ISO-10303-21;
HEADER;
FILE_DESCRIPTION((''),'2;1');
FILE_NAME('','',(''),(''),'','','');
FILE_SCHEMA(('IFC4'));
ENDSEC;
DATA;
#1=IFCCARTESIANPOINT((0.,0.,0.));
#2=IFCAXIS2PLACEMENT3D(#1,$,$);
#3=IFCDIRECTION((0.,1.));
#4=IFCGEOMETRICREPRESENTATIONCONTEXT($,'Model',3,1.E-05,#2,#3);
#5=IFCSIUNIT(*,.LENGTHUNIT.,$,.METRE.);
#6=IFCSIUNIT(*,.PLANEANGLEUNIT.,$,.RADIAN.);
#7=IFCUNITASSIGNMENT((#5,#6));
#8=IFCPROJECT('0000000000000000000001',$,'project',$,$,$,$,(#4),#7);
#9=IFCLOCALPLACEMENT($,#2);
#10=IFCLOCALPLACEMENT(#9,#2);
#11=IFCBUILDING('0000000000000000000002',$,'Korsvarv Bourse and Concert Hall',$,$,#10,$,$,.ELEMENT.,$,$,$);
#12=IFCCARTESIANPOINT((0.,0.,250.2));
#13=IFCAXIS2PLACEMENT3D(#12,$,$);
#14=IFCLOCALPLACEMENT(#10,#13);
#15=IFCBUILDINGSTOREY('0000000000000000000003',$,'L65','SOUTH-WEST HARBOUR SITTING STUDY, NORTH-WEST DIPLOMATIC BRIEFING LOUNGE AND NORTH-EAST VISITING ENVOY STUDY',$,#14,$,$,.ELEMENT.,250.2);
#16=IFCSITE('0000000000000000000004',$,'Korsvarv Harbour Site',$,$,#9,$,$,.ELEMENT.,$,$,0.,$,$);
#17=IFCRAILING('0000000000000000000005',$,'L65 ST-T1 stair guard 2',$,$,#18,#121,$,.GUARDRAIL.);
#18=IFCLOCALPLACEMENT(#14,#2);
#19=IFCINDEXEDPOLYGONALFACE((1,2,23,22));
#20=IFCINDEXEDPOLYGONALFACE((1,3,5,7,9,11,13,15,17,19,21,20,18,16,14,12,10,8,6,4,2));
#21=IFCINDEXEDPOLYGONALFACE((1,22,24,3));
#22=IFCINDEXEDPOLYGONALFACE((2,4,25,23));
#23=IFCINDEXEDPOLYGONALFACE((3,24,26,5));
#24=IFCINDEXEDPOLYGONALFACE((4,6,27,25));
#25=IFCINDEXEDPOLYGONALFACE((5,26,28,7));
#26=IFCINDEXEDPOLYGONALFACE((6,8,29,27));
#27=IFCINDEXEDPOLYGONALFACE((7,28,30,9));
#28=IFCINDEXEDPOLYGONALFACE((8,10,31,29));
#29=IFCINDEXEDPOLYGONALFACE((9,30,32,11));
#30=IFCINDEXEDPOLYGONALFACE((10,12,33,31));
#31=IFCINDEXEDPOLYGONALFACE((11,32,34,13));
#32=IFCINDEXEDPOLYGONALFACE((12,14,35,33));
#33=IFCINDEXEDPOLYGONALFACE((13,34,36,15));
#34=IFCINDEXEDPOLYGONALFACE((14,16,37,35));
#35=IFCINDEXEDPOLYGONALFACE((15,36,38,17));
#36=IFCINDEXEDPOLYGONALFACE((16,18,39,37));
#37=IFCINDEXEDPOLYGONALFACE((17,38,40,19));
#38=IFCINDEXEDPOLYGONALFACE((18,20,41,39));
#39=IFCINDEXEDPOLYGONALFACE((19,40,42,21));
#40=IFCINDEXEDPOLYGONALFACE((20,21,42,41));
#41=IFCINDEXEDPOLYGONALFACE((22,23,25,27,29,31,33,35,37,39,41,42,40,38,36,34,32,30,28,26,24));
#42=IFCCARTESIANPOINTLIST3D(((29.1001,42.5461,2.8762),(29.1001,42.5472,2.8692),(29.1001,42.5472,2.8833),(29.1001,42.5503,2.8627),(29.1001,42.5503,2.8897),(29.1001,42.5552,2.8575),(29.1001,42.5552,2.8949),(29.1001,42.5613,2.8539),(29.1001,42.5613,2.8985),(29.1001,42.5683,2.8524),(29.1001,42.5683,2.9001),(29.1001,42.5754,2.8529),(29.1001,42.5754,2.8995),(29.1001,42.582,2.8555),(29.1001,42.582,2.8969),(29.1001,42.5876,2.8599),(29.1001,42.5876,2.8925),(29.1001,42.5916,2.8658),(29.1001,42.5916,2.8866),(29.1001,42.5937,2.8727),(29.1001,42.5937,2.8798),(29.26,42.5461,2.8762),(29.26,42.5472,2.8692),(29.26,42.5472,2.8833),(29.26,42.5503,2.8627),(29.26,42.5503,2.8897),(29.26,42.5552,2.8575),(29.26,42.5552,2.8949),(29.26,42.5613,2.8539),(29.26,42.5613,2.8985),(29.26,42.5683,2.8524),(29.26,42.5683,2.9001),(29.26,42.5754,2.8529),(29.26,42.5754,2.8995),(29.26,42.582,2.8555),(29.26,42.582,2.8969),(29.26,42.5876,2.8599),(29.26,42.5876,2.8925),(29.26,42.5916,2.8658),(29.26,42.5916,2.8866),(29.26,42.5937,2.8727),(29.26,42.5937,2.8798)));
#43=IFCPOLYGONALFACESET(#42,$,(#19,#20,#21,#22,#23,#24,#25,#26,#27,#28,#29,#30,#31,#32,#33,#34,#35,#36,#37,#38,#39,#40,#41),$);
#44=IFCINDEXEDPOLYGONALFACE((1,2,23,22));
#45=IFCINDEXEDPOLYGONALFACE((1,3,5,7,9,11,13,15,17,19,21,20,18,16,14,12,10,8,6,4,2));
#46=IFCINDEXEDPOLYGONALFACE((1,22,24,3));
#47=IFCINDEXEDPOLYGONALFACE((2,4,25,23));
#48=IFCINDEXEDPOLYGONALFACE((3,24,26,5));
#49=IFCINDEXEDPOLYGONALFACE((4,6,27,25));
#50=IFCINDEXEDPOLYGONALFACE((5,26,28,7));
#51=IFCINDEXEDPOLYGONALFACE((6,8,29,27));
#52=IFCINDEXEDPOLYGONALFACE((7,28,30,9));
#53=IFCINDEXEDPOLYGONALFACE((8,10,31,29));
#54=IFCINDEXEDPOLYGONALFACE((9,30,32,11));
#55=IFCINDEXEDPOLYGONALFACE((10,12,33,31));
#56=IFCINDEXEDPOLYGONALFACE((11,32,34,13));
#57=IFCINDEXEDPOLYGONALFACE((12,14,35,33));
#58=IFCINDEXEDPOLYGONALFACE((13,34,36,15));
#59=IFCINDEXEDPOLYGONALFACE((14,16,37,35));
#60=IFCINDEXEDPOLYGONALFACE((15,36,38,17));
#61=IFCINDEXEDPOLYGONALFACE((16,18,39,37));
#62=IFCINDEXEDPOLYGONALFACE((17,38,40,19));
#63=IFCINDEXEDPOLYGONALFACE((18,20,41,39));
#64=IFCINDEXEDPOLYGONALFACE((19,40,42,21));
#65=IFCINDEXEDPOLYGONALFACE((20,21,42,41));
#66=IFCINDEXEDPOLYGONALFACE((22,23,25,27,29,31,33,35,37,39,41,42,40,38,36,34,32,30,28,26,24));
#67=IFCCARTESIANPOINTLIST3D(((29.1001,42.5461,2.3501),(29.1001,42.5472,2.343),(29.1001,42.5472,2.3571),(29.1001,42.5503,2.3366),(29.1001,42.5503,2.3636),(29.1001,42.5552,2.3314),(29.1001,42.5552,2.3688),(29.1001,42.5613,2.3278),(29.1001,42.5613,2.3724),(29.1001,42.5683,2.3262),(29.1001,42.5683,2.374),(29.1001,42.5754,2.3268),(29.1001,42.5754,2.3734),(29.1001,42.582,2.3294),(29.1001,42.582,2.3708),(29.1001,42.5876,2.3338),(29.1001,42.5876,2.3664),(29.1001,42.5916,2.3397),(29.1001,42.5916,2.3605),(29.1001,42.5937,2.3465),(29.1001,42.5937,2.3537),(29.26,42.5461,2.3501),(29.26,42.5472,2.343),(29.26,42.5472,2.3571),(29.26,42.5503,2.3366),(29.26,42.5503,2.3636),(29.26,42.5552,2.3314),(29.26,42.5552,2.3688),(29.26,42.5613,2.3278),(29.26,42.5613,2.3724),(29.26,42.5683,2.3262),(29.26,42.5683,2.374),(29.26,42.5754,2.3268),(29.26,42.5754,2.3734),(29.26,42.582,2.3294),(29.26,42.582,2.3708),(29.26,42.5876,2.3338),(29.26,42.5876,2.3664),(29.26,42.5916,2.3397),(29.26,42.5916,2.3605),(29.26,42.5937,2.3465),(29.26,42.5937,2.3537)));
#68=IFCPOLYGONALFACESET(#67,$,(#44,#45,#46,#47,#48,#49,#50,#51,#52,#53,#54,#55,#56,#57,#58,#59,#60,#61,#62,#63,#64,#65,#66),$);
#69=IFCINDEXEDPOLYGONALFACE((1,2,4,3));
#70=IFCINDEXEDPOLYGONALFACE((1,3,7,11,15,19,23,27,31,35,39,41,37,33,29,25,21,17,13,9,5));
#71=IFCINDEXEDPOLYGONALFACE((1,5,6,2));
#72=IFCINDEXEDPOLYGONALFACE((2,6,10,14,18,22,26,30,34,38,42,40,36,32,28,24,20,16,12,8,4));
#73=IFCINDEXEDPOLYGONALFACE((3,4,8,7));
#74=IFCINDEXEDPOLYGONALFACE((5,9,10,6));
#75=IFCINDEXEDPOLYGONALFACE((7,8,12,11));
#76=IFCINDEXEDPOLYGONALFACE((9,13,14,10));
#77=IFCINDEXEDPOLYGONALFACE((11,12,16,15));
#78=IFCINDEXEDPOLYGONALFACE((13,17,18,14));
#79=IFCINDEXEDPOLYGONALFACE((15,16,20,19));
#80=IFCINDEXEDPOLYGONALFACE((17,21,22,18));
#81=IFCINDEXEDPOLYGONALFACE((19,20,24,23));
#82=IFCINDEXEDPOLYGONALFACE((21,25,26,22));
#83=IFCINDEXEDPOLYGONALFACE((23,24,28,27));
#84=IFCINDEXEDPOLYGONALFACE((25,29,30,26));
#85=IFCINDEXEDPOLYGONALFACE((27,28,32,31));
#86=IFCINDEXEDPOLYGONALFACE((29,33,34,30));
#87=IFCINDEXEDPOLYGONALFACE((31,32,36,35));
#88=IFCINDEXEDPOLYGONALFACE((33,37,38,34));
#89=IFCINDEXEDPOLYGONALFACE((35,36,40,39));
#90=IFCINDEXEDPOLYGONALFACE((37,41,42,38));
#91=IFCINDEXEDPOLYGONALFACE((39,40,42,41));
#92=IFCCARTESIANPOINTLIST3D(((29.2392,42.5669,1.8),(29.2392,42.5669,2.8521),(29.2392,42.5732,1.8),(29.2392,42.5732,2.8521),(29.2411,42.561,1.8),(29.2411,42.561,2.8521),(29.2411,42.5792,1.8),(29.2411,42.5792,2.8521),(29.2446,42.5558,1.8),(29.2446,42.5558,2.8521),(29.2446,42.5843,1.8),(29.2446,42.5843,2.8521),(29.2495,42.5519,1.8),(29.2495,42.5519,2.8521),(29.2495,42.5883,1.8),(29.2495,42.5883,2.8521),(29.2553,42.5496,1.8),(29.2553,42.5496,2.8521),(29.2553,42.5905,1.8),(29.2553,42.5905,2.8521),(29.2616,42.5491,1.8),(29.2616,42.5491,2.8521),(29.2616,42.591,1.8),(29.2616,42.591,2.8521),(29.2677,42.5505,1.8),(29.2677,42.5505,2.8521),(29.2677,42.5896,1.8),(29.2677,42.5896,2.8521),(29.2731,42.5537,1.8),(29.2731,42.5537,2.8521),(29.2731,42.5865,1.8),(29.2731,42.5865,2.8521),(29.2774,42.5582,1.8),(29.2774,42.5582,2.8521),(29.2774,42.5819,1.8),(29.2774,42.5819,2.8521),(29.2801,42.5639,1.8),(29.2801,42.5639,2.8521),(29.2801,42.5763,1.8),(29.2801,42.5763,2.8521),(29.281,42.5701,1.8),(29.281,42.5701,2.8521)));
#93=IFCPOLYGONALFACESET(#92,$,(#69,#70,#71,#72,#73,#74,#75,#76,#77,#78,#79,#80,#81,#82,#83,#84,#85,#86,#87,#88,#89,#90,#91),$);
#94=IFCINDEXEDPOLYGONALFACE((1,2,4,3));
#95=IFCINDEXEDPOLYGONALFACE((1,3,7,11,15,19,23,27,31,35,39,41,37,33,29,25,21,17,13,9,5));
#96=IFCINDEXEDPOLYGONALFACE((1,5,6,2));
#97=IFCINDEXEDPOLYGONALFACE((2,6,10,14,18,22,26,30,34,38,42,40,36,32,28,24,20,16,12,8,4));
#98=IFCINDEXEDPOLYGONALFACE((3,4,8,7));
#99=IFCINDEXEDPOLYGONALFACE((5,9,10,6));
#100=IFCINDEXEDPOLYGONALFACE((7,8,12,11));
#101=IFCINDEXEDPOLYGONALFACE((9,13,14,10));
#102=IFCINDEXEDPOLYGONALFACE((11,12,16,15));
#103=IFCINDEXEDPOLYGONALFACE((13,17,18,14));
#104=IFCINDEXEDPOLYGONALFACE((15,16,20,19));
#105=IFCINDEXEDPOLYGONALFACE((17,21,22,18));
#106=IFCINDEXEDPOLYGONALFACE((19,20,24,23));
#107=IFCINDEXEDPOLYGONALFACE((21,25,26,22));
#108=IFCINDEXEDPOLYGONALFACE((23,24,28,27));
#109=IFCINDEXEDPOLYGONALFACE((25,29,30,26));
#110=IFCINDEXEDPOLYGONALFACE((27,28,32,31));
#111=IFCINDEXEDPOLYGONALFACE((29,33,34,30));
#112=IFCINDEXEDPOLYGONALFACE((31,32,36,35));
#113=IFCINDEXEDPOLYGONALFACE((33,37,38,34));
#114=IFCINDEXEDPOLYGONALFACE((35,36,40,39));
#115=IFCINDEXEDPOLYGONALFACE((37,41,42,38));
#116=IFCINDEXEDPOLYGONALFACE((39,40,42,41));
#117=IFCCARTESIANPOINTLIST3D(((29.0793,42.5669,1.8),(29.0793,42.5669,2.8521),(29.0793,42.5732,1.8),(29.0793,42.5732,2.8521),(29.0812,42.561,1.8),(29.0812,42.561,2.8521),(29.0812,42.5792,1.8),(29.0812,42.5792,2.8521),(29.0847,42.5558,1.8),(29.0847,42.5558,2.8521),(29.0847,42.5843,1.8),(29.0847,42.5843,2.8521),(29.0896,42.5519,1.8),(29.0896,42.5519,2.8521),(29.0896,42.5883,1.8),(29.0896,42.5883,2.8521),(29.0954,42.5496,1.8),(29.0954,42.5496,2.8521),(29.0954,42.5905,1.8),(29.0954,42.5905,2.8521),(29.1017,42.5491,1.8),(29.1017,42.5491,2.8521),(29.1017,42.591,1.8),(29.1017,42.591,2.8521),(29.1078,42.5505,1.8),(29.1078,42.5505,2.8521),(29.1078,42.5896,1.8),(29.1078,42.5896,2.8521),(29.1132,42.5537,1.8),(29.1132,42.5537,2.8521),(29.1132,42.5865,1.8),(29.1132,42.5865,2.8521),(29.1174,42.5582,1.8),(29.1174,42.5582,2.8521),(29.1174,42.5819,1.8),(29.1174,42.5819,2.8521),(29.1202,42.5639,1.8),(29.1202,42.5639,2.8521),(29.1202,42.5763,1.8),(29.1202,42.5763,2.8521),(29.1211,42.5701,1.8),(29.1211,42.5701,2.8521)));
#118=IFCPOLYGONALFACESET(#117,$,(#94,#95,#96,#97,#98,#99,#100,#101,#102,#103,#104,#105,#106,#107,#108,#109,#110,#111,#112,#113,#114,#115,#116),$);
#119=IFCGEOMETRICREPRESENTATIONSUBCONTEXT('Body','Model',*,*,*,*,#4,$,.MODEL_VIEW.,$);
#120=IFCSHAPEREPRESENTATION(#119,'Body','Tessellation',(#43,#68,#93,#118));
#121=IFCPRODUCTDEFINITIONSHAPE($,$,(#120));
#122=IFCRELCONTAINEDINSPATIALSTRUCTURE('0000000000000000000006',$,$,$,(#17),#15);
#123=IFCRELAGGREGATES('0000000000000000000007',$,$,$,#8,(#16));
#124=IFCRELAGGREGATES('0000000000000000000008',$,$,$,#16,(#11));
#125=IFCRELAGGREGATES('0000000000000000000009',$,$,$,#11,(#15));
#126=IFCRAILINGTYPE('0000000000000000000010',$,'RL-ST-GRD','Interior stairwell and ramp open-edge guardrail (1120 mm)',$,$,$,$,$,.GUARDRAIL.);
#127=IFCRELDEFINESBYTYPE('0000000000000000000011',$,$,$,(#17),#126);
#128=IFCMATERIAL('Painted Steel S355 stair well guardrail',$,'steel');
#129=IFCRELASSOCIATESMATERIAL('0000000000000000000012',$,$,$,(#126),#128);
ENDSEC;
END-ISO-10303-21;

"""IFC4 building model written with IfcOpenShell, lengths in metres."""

from ifc_helpers import new_model, si_unit, direction, frame, origin, origin_2d, place, context, subcontext, project, spatial, circle, extrude, material, type_object, element, save


model = new_model("IFC4")

# Units and contexts
model_context = context("Model", 3, precision=1e-05, world=origin(), true_north=direction((0.0, 1.0)))
body_context = subcontext(model_context, "Body", "Model", "MODEL_VIEW")
ifc_project = project(units=[si_unit("LENGTHUNIT", "METRE"), si_unit("PLANEANGLEUNIT", "RADIAN")], contexts=[model_context])

# Site, building, storey
site_placement = place(None, origin())
site = spatial("IfcSite", under=ifc_project, at=site_placement, Name="Korsvarv Harbour Site", CompositionType="ELEMENT", RefElevation=0.0)
building_placement = place(site_placement, origin())
building = spatial("IfcBuilding", under=site, at=building_placement, Name="Korsvarv Bourse and Concert Hall", CompositionType="ELEMENT")
storey_placement = place(building_placement, frame((0.0, 0.0, 250.2)))
storey = spatial("IfcBuildingStorey", under=building, at=storey_placement, Name="L65", Description="SOUTH-WEST HARBOUR SITTING STUDY, NORTH-WEST DIPLOMATIC BRIEFING LOUNGE AND NORTH-EAST VISITING ENVOY STUDY", CompositionType="ELEMENT", Elevation=250.2)

# Railing
ifc_material_1 = material(Name="Painted Steel S355 stair well guardrail", Category="steel")
railing_type_1 = type_object("IfcRailingType", Name="RL-ST-GRD", Description="Interior stairwell and ramp open-edge guardrail (1120 mm)", PredefinedType="GUARDRAIL", material=ifc_material_1)
railing_1_placement = place(storey_placement, frame((29.26, 42.5701, 1.8)))
element("IfcRailing", 1, at=railing_1_placement, inside=storey, type_object=railing_type_1, Name="L65 ST-T1 stair guard 2", PredefinedType="GUARDRAIL", context=body_context, shape_type="SweptSolid", body=[
    extrude(circle(Radius=0.0239, at=origin_2d()), frame((0.0, 0.0, 1.0762), z_axis=(-1.0, 0.0, 0.0), x_axis=(0.0, -1.0, 0.0)), (0.0, 0.0, 1.0), 0.1599),
    extrude(circle(Radius=0.0239, at=origin_2d()), frame((0.0, 0.0, 0.55), z_axis=(-1.0, 0.0, 0.0), x_axis=(0.0, -1.0, 0.0)), (0.0, 0.0, 1.0), 0.1599),
    extrude(circle(Radius=0.021, at=origin_2d()), origin(), (0.0, 0.0, 1.0), 1.052),
    extrude(circle(Radius=0.021, at=origin_2d()), frame((-0.1599, 0.0, 0.0)), (0.0, 0.0, 1.0), 1.052),
])

save(model, "model.ifc")
